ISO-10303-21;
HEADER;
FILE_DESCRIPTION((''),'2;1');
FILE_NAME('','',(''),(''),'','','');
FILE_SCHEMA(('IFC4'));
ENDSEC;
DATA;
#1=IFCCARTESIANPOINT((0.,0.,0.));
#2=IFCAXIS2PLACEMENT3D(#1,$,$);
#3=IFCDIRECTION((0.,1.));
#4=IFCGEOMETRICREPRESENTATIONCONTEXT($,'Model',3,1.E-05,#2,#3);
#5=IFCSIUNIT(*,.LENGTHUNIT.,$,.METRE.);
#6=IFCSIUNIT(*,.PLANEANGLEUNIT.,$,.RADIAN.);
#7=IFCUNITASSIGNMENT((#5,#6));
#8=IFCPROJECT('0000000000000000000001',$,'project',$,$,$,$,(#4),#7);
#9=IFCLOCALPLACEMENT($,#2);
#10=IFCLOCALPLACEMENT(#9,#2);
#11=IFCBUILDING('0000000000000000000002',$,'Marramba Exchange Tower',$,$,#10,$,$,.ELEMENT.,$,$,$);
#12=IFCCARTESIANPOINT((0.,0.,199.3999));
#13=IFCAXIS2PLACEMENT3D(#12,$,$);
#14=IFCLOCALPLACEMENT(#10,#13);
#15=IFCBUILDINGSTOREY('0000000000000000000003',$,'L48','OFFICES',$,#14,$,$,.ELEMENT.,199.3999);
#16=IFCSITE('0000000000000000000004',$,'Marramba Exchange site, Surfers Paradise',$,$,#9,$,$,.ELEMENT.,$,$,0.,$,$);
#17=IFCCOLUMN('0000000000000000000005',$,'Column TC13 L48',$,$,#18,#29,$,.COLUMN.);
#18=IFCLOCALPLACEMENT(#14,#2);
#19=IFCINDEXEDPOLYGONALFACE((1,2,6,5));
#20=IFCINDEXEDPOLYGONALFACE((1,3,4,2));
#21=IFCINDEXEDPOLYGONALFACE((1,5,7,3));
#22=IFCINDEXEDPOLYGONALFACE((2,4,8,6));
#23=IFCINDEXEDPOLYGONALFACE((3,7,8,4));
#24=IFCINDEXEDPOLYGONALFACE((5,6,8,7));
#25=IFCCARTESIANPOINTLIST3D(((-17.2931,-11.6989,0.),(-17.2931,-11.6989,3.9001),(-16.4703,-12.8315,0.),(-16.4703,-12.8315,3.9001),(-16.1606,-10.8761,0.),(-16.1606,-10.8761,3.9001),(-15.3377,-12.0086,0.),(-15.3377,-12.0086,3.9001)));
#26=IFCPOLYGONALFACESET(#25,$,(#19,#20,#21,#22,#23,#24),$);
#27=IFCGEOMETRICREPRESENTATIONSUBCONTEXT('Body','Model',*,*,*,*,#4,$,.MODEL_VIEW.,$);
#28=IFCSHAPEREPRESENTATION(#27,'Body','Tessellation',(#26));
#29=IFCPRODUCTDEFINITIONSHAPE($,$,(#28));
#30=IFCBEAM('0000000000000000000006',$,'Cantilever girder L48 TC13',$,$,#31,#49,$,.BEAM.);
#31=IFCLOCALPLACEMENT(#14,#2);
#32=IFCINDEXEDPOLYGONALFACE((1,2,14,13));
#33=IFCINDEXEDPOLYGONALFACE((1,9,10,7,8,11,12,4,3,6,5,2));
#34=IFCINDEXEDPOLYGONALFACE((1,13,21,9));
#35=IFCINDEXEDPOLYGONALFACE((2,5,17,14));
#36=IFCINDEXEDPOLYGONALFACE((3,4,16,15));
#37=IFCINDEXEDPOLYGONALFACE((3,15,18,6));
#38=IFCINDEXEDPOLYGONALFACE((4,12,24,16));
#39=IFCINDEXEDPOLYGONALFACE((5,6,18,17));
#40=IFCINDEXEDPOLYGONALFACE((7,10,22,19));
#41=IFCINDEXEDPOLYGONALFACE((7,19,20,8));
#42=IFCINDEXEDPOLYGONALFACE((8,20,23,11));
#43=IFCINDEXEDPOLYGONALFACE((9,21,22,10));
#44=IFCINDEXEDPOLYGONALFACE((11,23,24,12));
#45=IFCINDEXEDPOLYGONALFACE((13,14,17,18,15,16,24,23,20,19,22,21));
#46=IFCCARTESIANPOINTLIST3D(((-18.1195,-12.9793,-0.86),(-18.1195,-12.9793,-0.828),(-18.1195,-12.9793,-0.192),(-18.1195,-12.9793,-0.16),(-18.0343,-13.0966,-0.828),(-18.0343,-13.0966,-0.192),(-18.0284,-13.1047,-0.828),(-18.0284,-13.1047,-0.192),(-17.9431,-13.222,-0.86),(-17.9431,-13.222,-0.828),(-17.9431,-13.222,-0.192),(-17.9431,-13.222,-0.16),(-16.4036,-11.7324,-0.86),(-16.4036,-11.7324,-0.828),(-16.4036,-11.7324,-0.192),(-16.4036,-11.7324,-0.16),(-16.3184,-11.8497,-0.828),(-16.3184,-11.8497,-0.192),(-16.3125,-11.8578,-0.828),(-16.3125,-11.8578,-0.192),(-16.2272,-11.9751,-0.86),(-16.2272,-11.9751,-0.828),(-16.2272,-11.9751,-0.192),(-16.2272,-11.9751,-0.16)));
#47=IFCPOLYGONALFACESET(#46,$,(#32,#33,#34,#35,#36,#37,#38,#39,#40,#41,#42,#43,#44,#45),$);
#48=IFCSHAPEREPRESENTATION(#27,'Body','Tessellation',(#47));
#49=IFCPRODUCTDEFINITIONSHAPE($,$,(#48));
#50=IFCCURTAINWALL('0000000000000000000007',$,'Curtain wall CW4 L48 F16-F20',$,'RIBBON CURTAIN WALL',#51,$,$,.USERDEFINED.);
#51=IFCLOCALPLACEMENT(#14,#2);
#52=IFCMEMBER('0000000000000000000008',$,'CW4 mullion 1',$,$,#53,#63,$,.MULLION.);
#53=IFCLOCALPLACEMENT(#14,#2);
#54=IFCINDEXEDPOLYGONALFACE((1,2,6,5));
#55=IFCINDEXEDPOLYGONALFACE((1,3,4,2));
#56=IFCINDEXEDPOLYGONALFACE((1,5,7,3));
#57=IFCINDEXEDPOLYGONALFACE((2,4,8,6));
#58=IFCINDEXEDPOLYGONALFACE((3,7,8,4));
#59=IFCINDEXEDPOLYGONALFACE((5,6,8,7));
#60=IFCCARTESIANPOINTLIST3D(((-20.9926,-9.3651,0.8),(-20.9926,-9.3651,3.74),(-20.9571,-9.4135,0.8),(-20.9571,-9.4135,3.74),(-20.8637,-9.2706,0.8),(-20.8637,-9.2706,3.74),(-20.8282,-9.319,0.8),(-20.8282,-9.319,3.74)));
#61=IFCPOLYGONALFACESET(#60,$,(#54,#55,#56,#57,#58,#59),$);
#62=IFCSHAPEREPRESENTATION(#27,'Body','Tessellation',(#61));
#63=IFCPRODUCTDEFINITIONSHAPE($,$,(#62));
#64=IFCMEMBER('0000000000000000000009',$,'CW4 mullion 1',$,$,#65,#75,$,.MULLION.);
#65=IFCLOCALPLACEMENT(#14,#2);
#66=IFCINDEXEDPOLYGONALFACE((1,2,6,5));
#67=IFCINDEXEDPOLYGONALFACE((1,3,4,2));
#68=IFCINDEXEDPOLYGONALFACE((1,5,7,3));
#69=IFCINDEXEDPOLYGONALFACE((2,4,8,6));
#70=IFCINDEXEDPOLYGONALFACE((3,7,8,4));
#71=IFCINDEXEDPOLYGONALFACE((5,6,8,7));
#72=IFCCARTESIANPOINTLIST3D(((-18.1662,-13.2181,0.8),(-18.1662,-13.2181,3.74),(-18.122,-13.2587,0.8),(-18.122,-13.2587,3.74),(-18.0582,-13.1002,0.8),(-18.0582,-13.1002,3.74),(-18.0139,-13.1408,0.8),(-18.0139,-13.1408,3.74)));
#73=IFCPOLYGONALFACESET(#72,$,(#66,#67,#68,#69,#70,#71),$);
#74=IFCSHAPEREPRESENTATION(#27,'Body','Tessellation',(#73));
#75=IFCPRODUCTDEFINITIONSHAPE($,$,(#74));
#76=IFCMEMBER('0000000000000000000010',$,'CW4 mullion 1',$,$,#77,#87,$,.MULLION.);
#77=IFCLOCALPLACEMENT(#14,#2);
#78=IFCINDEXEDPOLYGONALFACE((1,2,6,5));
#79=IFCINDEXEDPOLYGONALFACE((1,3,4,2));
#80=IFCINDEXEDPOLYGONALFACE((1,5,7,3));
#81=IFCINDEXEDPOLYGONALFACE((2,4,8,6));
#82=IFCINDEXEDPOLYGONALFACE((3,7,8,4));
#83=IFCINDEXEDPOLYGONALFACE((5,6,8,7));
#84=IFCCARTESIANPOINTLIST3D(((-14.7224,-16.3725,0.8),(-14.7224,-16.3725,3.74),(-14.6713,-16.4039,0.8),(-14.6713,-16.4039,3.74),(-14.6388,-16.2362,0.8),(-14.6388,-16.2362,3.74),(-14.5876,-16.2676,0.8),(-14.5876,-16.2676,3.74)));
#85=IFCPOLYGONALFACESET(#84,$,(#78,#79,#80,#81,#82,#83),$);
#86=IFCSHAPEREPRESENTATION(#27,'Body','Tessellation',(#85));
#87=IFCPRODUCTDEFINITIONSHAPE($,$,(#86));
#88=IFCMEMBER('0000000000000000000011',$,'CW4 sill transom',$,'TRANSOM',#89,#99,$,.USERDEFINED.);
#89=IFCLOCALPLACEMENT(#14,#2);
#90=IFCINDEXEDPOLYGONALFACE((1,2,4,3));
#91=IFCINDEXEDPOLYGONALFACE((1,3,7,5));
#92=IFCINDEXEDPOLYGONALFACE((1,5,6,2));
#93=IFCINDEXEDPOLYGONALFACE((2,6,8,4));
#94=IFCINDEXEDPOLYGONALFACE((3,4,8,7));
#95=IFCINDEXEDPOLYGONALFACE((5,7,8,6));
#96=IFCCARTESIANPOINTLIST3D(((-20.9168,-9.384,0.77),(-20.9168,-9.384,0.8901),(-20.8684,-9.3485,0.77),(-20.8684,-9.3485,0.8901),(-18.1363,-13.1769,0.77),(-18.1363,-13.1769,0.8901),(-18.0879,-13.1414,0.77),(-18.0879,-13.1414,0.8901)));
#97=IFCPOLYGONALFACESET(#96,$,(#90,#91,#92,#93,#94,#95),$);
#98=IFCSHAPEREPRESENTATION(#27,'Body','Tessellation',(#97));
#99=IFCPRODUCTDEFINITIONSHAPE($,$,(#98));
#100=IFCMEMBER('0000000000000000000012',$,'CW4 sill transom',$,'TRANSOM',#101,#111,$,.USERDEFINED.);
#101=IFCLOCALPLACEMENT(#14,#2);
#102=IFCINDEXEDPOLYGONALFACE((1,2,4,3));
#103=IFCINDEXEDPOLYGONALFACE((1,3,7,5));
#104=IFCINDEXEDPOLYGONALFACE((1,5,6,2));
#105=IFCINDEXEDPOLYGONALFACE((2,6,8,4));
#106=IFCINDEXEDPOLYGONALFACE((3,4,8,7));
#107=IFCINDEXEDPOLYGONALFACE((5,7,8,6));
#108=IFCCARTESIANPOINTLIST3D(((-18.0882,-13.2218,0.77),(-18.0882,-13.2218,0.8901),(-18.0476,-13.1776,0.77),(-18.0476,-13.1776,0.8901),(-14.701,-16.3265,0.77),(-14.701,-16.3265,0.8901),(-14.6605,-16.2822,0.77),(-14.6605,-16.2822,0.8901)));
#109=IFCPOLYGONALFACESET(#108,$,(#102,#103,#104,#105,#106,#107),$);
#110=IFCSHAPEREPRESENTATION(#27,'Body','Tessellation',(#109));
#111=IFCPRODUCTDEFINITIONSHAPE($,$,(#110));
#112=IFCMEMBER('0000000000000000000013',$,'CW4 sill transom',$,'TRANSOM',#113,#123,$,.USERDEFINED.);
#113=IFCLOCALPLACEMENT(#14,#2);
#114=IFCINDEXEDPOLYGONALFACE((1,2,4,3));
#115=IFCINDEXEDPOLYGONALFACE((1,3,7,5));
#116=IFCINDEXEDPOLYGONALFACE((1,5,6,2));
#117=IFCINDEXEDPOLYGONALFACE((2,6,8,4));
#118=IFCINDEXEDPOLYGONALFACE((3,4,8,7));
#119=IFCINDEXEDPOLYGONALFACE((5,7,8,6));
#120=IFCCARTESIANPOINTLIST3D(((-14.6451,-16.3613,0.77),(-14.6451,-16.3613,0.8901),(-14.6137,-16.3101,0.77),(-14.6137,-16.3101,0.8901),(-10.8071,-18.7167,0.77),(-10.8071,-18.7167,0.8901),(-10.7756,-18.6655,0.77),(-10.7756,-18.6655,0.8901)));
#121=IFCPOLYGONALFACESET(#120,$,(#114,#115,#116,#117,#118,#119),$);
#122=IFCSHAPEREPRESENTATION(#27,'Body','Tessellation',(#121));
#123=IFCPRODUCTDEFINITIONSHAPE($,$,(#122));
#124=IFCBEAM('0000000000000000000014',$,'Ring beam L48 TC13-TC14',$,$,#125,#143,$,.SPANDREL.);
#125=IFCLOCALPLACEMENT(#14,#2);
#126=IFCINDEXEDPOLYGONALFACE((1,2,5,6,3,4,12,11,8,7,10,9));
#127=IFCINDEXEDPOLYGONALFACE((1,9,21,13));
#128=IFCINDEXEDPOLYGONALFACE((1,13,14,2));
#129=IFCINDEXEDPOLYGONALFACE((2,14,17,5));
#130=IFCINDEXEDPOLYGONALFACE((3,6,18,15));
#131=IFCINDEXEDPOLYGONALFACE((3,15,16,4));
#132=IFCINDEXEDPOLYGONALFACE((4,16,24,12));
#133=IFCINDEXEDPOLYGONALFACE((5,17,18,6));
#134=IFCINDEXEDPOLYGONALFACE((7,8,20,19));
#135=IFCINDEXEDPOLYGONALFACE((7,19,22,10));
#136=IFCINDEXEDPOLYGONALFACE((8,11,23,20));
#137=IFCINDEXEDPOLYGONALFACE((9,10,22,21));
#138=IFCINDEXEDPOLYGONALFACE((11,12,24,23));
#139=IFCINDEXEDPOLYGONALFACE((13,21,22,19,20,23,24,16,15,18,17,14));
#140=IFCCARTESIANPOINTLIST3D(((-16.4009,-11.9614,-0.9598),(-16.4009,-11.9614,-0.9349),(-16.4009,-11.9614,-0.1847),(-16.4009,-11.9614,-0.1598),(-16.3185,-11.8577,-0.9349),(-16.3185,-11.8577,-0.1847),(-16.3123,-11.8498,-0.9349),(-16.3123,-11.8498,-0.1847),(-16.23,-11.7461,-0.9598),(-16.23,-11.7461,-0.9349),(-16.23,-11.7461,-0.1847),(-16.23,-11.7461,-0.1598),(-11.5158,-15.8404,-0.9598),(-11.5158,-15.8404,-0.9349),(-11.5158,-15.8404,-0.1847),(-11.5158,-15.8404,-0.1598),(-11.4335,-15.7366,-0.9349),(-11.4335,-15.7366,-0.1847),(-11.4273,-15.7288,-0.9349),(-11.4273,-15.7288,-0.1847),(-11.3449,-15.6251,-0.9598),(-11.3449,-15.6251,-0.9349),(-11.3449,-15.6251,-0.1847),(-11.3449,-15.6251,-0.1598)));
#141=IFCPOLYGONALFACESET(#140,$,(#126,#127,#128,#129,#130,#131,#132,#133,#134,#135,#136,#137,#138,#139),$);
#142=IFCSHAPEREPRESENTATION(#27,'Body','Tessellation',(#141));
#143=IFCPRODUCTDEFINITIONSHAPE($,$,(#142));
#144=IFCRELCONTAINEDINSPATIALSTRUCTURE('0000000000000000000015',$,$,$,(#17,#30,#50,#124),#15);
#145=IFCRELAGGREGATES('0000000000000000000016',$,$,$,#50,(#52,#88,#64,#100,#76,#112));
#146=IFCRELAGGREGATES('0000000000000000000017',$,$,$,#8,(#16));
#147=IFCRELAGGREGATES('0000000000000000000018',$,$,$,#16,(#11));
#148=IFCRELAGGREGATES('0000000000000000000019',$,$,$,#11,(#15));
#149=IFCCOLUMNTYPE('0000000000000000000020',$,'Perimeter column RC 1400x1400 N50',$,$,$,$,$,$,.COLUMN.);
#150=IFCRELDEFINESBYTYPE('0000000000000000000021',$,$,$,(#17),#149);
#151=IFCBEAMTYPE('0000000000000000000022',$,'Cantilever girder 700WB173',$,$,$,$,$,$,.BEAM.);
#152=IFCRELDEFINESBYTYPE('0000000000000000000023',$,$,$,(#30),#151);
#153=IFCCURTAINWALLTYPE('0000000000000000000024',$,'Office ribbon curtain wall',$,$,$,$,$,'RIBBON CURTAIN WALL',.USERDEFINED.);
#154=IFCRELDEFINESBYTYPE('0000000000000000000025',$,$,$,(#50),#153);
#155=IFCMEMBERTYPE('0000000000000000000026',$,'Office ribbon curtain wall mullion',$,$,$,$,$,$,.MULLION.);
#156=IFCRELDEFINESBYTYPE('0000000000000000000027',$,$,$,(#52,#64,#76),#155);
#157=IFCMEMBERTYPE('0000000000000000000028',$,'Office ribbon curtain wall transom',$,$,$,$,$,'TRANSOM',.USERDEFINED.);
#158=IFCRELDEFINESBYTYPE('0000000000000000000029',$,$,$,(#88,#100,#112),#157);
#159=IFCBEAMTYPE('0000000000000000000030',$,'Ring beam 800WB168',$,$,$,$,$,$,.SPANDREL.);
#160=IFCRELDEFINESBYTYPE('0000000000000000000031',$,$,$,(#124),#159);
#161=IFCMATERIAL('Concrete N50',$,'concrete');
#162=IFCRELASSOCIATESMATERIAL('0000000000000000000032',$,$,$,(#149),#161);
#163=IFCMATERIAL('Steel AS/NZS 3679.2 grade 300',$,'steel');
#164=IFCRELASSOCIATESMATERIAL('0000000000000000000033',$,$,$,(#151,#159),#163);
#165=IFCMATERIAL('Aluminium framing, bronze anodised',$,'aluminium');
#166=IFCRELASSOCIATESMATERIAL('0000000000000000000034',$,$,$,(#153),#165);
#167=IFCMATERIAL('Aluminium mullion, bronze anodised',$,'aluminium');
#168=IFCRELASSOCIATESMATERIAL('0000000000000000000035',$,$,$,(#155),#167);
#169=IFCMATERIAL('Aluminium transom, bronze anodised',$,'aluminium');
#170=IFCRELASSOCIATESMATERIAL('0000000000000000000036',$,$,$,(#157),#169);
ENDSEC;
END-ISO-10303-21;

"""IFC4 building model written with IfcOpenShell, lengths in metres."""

from ifc_helpers import new_model, si_unit, direction, frame, origin, origin_2d, place, context, subcontext, project, spatial, rectangle, i_section, extrude, material, material_profile, profile_set, type_object, element, aggregate, save


model = new_model("IFC4")

# Units and contexts
model_context = context("Model", 3, precision=1e-05, world=origin(), true_north=direction((0.0, 1.0)))
body_context = subcontext(model_context, "Body", "Model", "MODEL_VIEW")
ifc_project = project(units=[si_unit("LENGTHUNIT", "METRE"), si_unit("PLANEANGLEUNIT", "RADIAN")], contexts=[model_context])

# Site, building, storey
site_placement = place(None, origin())
site = spatial("IfcSite", under=ifc_project, at=site_placement, Name="Marramba Exchange site, Surfers Paradise", CompositionType="ELEMENT", RefElevation=0.0)
building_placement = place(site_placement, origin())
building = spatial("IfcBuilding", under=site, at=building_placement, Name="Marramba Exchange Tower", CompositionType="ELEMENT")
storey_placement = place(building_placement, frame((0.0, 0.0, 199.3999)))
storey = spatial("IfcBuildingStorey", under=building, at=storey_placement, Name="L48", Description="OFFICES", CompositionType="ELEMENT", Elevation=199.3999)

# Column
ifc_material_1 = material(Name="Concrete N50", Category="concrete")
ifc_material_profile_1 = material_profile(ifc_material_1, rectangle(XDim=1.3999, YDim=1.3999, at=origin_2d()), Name="RC 1400x1400")
ifc_profile_set_1 = profile_set([ifc_material_profile_1], Name="Concrete N50")
column_type = type_object("IfcColumnType", Name="Perimeter column RC 1400x1400 N50", PredefinedType="COLUMN", material=ifc_profile_set_1)
column_placement = place(storey_placement, frame((-16.3154, -11.8538, 0.0), z_axis=(0.0, 0.0, 1.0), x_axis=(-0.809017, -0.587785, 0.0)))
element("IfcColumn", 1, at=column_placement, inside=storey, type_object=column_type, Name="Column TC13 L48", PredefinedType="COLUMN", context=body_context, shape_type="SweptSolid", body=[
    extrude(rectangle(XDim=1.3999, YDim=1.3999, at=origin_2d()), origin(), (0.0, 0.0, 1.0), 3.9001),
])

# Beam
ifc_material_2 = material(Name="Steel AS/NZS 3679.2 grade 300", Category="steel")
ifc_material_profile_2 = material_profile(ifc_material_2, i_section(OverallWidth=0.3, OverallDepth=0.7, WebThickness=0.01, FlangeThickness=0.032, at=origin_2d()), Name="700WB173")
ifc_profile_set_2 = profile_set([ifc_material_profile_2], Name="Steel AS/NZS 3679.2 grade 300")
beam_type_1 = type_object("IfcBeamType", Name="Cantilever girder 700WB173", PredefinedType="BEAM", material=ifc_profile_set_2)
beam_1_placement = place(storey_placement, frame((-16.3154, -11.8538, -0.51), z_axis=(-0.80897, -0.58785, 0.0), x_axis=(0.58785, -0.80897, 0.0)))
element("IfcBeam", 2, at=beam_1_placement, inside=storey, type_object=beam_type_1, Name="Cantilever girder L48 TC13", PredefinedType="BEAM", context=body_context, shape_type="SweptSolid", body=[
    extrude(i_section(OverallWidth=0.3, OverallDepth=0.7, WebThickness=0.01, FlangeThickness=0.032, at=origin_2d()), origin(), (0.0, 0.0, 1.0), 2.1211),
])

# Curtain wall, members
ifc_material_3 = material(Name="Aluminium framing, bronze anodised", Category="aluminium")
curtain_wall_type = type_object("IfcCurtainWallType", Name="Office ribbon curtain wall", ElementType="RIBBON CURTAIN WALL", PredefinedType="USERDEFINED", material=ifc_material_3)
curtain_wall_placement = place(storey_placement, origin())
curtain_wall = element("IfcCurtainWall", 3, at=curtain_wall_placement, inside=storey, type_object=curtain_wall_type, Name="Curtain wall CW4 L48 F16-F20", ObjectType="RIBBON CURTAIN WALL", PredefinedType="USERDEFINED")
ifc_material_4 = material(Name="Aluminium mullion, bronze anodised", Category="aluminium")
ifc_material_profile_3 = material_profile(ifc_material_4, rectangle(XDim=0.1599, YDim=0.0601, at=origin_2d()), Name="CW4 mullion 60x160")
ifc_profile_set_3 = profile_set([ifc_material_profile_3], Name="Aluminium mullion, bronze anodised")
member_type_1 = type_object("IfcMemberType", Name="Office ribbon curtain wall mullion", PredefinedType="MULLION", material=ifc_profile_set_3)
member_1_placement = place(storey_placement, frame((-20.9104, -9.342, 0.8), z_axis=(0.0, 0.0, 1.0), x_axis=(0.806508, 0.591223, 0.0)))
member_1 = element("IfcMember", 4, at=member_1_placement, type_object=member_type_1, Name="CW4 mullion 1", PredefinedType="MULLION", context=body_context, shape_type="SweptSolid", body=[
    extrude(rectangle(XDim=0.1599, YDim=0.0601, at=origin_2d()), origin(), (0.0, 0.0, 1.0), 2.9399),
])
member_2_placement = place(storey_placement, frame((-18.0901, -13.1794, 0.8), z_axis=(0.0, 0.0, 1.0), x_axis=(0.675671, 0.737203, 0.0)))
member_2 = element("IfcMember", 5, at=member_2_placement, type_object=member_type_1, Name="CW4 mullion 1", PredefinedType="MULLION", context=body_context, shape_type="SweptSolid", body=[
    extrude(rectangle(XDim=0.1599, YDim=0.0601, at=origin_2d()), origin(), (0.0, 0.0, 1.0), 2.9399),
])
member_3_placement = place(storey_placement, frame((-14.655, -16.3201, 0.8), z_axis=(0.0, 0.0, 1.0), x_axis=(0.523052, 0.852301, 0.0)))
member_3 = element("IfcMember", 6, at=member_3_placement, type_object=member_type_1, Name="CW4 mullion 1", PredefinedType="MULLION", context=body_context, shape_type="SweptSolid", body=[
    extrude(rectangle(XDim=0.1599, YDim=0.0601, at=origin_2d()), origin(), (0.0, 0.0, 1.0), 2.9399),
])
ifc_material_5 = material(Name="Aluminium transom, bronze anodised", Category="aluminium")
ifc_material_profile_4 = material_profile(ifc_material_5, rectangle(XDim=0.0601, YDim=0.1201, at=origin_2d()), Name="CW4 transom 60x120")
ifc_profile_set_4 = profile_set([ifc_material_profile_4], Name="Aluminium transom, bronze anodised")
member_type_2 = type_object("IfcMemberType", Name="Office ribbon curtain wall transom", ElementType="TRANSOM", PredefinedType="USERDEFINED", material=ifc_profile_set_4)
member_4_placement = place(storey_placement, frame((-20.8926, -9.3662, 0.8301), z_axis=(0.591226, -0.806506, 0.0), x_axis=(0.806506, 0.591226, 0.0)))
member_4 = element("IfcMember", 7, at=member_4_placement, type_object=member_type_2, Name="CW4 sill transom", ObjectType="TRANSOM", PredefinedType="USERDEFINED", context=body_context, shape_type="SweptSolid", body=[
    extrude(rectangle(XDim=0.0601, YDim=0.1201, at=origin_2d()), origin(), (0.0, 0.0, 1.0), 4.7029),
])
member_5_placement = place(storey_placement, frame((-18.0679, -13.1997, 0.8301), z_axis=(0.737176, -0.675701, 0.0), x_axis=(0.675701, 0.737176, 0.0)))
member_5 = element("IfcMember", 8, at=member_5_placement, type_object=member_type_2, Name="CW4 sill transom", ObjectType="TRANSOM", PredefinedType="USERDEFINED", context=body_context, shape_type="SweptSolid", body=[
    extrude(rectangle(XDim=0.0601, YDim=0.1201, at=origin_2d()), origin(), (0.0, 0.0, 1.0), 4.5947),
])
member_6_placement = place(storey_placement, frame((-14.6294, -16.3357, 0.8301), z_axis=(0.852298, -0.523056, 0.0), x_axis=(0.523056, 0.852298, 0.0)))
member_6 = element("IfcMember", 9, at=member_6_placement, type_object=member_type_2, Name="CW4 sill transom", ObjectType="TRANSOM", PredefinedType="USERDEFINED", context=body_context, shape_type="SweptSolid", body=[
    extrude(rectangle(XDim=0.0601, YDim=0.1201, at=origin_2d()), origin(), (0.0, 0.0, 1.0), 4.5032),
])

# Beam
ifc_material_profile_5 = material_profile(ifc_material_2, i_section(OverallWidth=0.2749, OverallDepth=0.8, WebThickness=0.01, FlangeThickness=0.0249, at=origin_2d()), Name="800WB168")
ifc_profile_set_5 = profile_set([ifc_material_profile_5], Name="Steel AS/NZS 3679.2 grade 300")
beam_type_2 = type_object("IfcBeamType", Name="Ring beam 800WB168", PredefinedType="SPANDREL", material=ifc_profile_set_5)
beam_2_placement = place(storey_placement, frame((-16.3154, -11.8538, -0.5598), z_axis=(0.783139, -0.621846, 0.0), x_axis=(0.621846, 0.783139, 0.0)))
element("IfcBeam", 10, at=beam_2_placement, inside=storey, type_object=beam_type_2, Name="Ring beam L48 TC13-TC14", PredefinedType="SPANDREL", context=body_context, shape_type="SweptSolid", body=[
    extrude(i_section(OverallWidth=0.2749, OverallDepth=0.8, WebThickness=0.01, FlangeThickness=0.0249, at=origin_2d()), origin(), (0.0, 0.0, 1.0), 6.2378),
])

aggregate(curtain_wall, [member_1, member_4, member_2, member_5, member_3, member_6])

save(model, "model.ifc")
